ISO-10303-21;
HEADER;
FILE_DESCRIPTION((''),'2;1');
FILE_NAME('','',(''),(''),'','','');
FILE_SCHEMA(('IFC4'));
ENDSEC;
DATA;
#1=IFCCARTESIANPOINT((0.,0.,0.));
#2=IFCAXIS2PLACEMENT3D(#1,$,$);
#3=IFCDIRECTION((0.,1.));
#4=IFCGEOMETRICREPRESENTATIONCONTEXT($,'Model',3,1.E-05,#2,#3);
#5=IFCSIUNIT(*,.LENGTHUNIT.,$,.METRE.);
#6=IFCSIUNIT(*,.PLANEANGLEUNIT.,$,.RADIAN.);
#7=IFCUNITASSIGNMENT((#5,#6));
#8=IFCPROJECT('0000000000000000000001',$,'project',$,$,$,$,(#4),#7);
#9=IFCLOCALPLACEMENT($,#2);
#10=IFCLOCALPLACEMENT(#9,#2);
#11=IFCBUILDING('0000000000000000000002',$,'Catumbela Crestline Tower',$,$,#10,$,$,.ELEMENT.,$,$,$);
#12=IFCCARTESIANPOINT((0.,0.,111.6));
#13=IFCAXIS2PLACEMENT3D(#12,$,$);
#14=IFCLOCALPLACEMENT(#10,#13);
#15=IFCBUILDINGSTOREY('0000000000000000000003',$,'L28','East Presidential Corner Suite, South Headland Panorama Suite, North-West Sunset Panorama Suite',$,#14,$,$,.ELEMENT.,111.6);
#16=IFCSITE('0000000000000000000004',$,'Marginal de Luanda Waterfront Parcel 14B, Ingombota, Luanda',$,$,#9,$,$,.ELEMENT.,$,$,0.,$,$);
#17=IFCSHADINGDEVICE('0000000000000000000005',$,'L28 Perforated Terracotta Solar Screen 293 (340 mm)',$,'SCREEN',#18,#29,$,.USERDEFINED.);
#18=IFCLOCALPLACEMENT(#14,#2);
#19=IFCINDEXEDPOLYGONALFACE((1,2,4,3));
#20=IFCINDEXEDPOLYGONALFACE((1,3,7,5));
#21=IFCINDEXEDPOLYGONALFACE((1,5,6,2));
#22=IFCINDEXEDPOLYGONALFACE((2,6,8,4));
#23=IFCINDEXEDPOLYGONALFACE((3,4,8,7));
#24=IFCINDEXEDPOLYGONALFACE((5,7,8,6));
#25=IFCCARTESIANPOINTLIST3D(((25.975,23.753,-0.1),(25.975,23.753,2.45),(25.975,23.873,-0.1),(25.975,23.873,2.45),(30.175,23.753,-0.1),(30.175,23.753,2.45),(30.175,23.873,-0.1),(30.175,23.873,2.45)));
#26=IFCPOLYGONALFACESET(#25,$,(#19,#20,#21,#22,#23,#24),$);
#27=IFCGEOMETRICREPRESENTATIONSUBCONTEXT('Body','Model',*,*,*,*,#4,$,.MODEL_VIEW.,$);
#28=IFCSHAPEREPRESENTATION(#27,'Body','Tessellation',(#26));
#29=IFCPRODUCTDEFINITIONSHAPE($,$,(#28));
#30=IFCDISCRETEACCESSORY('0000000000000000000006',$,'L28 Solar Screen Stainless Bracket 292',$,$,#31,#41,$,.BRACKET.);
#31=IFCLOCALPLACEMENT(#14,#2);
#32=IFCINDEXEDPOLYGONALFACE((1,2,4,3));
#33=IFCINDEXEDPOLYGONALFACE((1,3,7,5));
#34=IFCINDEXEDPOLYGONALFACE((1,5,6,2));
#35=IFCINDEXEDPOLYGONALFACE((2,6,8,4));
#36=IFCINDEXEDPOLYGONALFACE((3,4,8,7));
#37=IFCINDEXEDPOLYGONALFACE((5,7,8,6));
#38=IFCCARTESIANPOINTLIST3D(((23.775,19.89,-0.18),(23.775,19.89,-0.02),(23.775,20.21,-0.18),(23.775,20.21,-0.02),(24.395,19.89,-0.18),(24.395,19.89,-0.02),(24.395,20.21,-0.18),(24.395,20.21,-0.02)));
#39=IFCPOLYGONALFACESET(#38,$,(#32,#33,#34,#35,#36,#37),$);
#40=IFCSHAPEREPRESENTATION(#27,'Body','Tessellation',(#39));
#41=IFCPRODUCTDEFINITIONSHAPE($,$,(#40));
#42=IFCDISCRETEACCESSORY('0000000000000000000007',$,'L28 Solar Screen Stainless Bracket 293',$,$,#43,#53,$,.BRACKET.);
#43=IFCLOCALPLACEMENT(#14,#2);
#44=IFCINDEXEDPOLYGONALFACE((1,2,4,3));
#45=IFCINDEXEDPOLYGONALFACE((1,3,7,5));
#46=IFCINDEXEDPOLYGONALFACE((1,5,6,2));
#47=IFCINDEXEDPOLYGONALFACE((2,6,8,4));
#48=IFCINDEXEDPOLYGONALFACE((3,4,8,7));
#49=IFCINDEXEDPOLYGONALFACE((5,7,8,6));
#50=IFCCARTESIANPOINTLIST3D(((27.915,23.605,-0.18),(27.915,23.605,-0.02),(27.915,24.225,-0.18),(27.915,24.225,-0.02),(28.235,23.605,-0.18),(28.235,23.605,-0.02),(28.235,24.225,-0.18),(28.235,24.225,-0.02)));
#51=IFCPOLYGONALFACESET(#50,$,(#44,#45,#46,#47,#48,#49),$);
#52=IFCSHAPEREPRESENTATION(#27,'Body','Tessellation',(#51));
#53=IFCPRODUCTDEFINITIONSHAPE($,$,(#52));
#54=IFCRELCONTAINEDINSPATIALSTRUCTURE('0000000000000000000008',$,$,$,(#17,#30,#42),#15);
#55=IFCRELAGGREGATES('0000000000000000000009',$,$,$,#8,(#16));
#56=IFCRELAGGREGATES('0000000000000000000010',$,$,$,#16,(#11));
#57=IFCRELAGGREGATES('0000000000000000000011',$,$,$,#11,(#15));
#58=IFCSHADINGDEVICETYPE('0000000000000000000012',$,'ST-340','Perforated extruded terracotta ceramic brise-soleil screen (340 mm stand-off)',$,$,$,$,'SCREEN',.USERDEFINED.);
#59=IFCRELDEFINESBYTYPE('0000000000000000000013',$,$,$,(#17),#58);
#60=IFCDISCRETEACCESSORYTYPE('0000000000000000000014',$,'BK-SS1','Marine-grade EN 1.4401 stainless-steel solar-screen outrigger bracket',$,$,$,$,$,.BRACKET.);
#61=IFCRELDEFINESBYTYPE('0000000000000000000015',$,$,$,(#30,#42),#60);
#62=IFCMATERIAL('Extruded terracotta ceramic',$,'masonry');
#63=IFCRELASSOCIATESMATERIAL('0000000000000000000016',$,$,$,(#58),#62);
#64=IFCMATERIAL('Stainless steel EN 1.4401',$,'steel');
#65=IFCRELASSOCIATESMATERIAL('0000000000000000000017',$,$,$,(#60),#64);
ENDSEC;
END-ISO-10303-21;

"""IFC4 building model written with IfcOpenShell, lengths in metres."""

from ifc_helpers import new_model, si_unit, direction, frame, origin, origin_2d, place, context, subcontext, project, spatial, rectangle, extrude, material, type_object, element, save


model = new_model("IFC4")

# Units and contexts
model_context = context("Model", 3, precision=1e-05, world=origin(), true_north=direction((0.0, 1.0)))
body_context = subcontext(model_context, "Body", "Model", "MODEL_VIEW")
ifc_project = project(units=[si_unit("LENGTHUNIT", "METRE"), si_unit("PLANEANGLEUNIT", "RADIAN")], contexts=[model_context])

# Site, building, storey
site_placement = place(None, origin())
site = spatial("IfcSite", under=ifc_project, at=site_placement, Name="Marginal de Luanda Waterfront Parcel 14B, Ingombota, Luanda", CompositionType="ELEMENT", RefElevation=0.0)
building_placement = place(site_placement, origin())
building = spatial("IfcBuilding", under=site, at=building_placement, Name="Catumbela Crestline Tower", CompositionType="ELEMENT")
storey_placement = place(building_placement, frame((0.0, 0.0, 111.6)))
storey = spatial("IfcBuildingStorey", under=building, at=storey_placement, Name="L28", Description="East Presidential Corner Suite, South Headland Panorama Suite, North-West Sunset Panorama Suite", CompositionType="ELEMENT", Elevation=111.6)

# Shared definitions
ifc_material_1 = material(Name="Stainless steel EN 1.4401", Category="steel")

# Shading device
ifc_material_2 = material(Name="Extruded terracotta ceramic", Category="masonry")
shading_device_type = type_object("IfcShadingDeviceType", Name="ST-340", Description="Perforated extruded terracotta ceramic brise-soleil screen (340 mm stand-off)", ElementType="SCREEN", PredefinedType="USERDEFINED", material=ifc_material_2)
for number, where, z_axis, x_axis, name in (
    (1, (28.075, 23.813, -0.1), (0.0, 0.0, 1.0), (1.0, 0.0, 0.0), "L28 Perforated Terracotta Solar Screen 293 (340 mm)"),
):
    element("IfcShadingDevice", number, at=place(storey_placement, frame(where, z_axis=z_axis, x_axis=x_axis)), inside=storey, type_object=shading_device_type, Name=name, ObjectType="SCREEN", PredefinedType="USERDEFINED", context=body_context, shape_type="SweptSolid", body=[
        extrude(rectangle(XDim=4.2, YDim=0.12, at=origin_2d()), origin(), (0.0, 0.0, 1.0), 2.55),
    ])

# Discrete accessories
discrete_accessory_type = type_object("IfcDiscreteAccessoryType", Name="BK-SS1", Description="Marine-grade EN 1.4401 stainless-steel solar-screen outrigger bracket", PredefinedType="BRACKET", material=ifc_material_1)
for number, where, z_axis, x_axis, name in (
    (2, (24.085, 20.05, -0.18), (0.0, 0.0, 1.0), (0.0, 1.0, 0.0), "L28 Solar Screen Stainless Bracket 292"),
    (3, (28.075, 23.915, -0.18), (0.0, 0.0, 1.0), (1.0, 0.0, 0.0), "L28 Solar Screen Stainless Bracket 293"),
):
    element("IfcDiscreteAccessory", number, at=place(storey_placement, frame(where, z_axis=z_axis, x_axis=x_axis)), inside=storey, type_object=discrete_accessory_type, Name=name, PredefinedType="BRACKET", context=body_context, shape_type="SweptSolid", body=[
        extrude(rectangle(XDim=0.32, YDim=0.62, at=origin_2d()), origin(), (0.0, 0.0, 1.0), 0.16),
    ])

save(model, "model.ifc")
